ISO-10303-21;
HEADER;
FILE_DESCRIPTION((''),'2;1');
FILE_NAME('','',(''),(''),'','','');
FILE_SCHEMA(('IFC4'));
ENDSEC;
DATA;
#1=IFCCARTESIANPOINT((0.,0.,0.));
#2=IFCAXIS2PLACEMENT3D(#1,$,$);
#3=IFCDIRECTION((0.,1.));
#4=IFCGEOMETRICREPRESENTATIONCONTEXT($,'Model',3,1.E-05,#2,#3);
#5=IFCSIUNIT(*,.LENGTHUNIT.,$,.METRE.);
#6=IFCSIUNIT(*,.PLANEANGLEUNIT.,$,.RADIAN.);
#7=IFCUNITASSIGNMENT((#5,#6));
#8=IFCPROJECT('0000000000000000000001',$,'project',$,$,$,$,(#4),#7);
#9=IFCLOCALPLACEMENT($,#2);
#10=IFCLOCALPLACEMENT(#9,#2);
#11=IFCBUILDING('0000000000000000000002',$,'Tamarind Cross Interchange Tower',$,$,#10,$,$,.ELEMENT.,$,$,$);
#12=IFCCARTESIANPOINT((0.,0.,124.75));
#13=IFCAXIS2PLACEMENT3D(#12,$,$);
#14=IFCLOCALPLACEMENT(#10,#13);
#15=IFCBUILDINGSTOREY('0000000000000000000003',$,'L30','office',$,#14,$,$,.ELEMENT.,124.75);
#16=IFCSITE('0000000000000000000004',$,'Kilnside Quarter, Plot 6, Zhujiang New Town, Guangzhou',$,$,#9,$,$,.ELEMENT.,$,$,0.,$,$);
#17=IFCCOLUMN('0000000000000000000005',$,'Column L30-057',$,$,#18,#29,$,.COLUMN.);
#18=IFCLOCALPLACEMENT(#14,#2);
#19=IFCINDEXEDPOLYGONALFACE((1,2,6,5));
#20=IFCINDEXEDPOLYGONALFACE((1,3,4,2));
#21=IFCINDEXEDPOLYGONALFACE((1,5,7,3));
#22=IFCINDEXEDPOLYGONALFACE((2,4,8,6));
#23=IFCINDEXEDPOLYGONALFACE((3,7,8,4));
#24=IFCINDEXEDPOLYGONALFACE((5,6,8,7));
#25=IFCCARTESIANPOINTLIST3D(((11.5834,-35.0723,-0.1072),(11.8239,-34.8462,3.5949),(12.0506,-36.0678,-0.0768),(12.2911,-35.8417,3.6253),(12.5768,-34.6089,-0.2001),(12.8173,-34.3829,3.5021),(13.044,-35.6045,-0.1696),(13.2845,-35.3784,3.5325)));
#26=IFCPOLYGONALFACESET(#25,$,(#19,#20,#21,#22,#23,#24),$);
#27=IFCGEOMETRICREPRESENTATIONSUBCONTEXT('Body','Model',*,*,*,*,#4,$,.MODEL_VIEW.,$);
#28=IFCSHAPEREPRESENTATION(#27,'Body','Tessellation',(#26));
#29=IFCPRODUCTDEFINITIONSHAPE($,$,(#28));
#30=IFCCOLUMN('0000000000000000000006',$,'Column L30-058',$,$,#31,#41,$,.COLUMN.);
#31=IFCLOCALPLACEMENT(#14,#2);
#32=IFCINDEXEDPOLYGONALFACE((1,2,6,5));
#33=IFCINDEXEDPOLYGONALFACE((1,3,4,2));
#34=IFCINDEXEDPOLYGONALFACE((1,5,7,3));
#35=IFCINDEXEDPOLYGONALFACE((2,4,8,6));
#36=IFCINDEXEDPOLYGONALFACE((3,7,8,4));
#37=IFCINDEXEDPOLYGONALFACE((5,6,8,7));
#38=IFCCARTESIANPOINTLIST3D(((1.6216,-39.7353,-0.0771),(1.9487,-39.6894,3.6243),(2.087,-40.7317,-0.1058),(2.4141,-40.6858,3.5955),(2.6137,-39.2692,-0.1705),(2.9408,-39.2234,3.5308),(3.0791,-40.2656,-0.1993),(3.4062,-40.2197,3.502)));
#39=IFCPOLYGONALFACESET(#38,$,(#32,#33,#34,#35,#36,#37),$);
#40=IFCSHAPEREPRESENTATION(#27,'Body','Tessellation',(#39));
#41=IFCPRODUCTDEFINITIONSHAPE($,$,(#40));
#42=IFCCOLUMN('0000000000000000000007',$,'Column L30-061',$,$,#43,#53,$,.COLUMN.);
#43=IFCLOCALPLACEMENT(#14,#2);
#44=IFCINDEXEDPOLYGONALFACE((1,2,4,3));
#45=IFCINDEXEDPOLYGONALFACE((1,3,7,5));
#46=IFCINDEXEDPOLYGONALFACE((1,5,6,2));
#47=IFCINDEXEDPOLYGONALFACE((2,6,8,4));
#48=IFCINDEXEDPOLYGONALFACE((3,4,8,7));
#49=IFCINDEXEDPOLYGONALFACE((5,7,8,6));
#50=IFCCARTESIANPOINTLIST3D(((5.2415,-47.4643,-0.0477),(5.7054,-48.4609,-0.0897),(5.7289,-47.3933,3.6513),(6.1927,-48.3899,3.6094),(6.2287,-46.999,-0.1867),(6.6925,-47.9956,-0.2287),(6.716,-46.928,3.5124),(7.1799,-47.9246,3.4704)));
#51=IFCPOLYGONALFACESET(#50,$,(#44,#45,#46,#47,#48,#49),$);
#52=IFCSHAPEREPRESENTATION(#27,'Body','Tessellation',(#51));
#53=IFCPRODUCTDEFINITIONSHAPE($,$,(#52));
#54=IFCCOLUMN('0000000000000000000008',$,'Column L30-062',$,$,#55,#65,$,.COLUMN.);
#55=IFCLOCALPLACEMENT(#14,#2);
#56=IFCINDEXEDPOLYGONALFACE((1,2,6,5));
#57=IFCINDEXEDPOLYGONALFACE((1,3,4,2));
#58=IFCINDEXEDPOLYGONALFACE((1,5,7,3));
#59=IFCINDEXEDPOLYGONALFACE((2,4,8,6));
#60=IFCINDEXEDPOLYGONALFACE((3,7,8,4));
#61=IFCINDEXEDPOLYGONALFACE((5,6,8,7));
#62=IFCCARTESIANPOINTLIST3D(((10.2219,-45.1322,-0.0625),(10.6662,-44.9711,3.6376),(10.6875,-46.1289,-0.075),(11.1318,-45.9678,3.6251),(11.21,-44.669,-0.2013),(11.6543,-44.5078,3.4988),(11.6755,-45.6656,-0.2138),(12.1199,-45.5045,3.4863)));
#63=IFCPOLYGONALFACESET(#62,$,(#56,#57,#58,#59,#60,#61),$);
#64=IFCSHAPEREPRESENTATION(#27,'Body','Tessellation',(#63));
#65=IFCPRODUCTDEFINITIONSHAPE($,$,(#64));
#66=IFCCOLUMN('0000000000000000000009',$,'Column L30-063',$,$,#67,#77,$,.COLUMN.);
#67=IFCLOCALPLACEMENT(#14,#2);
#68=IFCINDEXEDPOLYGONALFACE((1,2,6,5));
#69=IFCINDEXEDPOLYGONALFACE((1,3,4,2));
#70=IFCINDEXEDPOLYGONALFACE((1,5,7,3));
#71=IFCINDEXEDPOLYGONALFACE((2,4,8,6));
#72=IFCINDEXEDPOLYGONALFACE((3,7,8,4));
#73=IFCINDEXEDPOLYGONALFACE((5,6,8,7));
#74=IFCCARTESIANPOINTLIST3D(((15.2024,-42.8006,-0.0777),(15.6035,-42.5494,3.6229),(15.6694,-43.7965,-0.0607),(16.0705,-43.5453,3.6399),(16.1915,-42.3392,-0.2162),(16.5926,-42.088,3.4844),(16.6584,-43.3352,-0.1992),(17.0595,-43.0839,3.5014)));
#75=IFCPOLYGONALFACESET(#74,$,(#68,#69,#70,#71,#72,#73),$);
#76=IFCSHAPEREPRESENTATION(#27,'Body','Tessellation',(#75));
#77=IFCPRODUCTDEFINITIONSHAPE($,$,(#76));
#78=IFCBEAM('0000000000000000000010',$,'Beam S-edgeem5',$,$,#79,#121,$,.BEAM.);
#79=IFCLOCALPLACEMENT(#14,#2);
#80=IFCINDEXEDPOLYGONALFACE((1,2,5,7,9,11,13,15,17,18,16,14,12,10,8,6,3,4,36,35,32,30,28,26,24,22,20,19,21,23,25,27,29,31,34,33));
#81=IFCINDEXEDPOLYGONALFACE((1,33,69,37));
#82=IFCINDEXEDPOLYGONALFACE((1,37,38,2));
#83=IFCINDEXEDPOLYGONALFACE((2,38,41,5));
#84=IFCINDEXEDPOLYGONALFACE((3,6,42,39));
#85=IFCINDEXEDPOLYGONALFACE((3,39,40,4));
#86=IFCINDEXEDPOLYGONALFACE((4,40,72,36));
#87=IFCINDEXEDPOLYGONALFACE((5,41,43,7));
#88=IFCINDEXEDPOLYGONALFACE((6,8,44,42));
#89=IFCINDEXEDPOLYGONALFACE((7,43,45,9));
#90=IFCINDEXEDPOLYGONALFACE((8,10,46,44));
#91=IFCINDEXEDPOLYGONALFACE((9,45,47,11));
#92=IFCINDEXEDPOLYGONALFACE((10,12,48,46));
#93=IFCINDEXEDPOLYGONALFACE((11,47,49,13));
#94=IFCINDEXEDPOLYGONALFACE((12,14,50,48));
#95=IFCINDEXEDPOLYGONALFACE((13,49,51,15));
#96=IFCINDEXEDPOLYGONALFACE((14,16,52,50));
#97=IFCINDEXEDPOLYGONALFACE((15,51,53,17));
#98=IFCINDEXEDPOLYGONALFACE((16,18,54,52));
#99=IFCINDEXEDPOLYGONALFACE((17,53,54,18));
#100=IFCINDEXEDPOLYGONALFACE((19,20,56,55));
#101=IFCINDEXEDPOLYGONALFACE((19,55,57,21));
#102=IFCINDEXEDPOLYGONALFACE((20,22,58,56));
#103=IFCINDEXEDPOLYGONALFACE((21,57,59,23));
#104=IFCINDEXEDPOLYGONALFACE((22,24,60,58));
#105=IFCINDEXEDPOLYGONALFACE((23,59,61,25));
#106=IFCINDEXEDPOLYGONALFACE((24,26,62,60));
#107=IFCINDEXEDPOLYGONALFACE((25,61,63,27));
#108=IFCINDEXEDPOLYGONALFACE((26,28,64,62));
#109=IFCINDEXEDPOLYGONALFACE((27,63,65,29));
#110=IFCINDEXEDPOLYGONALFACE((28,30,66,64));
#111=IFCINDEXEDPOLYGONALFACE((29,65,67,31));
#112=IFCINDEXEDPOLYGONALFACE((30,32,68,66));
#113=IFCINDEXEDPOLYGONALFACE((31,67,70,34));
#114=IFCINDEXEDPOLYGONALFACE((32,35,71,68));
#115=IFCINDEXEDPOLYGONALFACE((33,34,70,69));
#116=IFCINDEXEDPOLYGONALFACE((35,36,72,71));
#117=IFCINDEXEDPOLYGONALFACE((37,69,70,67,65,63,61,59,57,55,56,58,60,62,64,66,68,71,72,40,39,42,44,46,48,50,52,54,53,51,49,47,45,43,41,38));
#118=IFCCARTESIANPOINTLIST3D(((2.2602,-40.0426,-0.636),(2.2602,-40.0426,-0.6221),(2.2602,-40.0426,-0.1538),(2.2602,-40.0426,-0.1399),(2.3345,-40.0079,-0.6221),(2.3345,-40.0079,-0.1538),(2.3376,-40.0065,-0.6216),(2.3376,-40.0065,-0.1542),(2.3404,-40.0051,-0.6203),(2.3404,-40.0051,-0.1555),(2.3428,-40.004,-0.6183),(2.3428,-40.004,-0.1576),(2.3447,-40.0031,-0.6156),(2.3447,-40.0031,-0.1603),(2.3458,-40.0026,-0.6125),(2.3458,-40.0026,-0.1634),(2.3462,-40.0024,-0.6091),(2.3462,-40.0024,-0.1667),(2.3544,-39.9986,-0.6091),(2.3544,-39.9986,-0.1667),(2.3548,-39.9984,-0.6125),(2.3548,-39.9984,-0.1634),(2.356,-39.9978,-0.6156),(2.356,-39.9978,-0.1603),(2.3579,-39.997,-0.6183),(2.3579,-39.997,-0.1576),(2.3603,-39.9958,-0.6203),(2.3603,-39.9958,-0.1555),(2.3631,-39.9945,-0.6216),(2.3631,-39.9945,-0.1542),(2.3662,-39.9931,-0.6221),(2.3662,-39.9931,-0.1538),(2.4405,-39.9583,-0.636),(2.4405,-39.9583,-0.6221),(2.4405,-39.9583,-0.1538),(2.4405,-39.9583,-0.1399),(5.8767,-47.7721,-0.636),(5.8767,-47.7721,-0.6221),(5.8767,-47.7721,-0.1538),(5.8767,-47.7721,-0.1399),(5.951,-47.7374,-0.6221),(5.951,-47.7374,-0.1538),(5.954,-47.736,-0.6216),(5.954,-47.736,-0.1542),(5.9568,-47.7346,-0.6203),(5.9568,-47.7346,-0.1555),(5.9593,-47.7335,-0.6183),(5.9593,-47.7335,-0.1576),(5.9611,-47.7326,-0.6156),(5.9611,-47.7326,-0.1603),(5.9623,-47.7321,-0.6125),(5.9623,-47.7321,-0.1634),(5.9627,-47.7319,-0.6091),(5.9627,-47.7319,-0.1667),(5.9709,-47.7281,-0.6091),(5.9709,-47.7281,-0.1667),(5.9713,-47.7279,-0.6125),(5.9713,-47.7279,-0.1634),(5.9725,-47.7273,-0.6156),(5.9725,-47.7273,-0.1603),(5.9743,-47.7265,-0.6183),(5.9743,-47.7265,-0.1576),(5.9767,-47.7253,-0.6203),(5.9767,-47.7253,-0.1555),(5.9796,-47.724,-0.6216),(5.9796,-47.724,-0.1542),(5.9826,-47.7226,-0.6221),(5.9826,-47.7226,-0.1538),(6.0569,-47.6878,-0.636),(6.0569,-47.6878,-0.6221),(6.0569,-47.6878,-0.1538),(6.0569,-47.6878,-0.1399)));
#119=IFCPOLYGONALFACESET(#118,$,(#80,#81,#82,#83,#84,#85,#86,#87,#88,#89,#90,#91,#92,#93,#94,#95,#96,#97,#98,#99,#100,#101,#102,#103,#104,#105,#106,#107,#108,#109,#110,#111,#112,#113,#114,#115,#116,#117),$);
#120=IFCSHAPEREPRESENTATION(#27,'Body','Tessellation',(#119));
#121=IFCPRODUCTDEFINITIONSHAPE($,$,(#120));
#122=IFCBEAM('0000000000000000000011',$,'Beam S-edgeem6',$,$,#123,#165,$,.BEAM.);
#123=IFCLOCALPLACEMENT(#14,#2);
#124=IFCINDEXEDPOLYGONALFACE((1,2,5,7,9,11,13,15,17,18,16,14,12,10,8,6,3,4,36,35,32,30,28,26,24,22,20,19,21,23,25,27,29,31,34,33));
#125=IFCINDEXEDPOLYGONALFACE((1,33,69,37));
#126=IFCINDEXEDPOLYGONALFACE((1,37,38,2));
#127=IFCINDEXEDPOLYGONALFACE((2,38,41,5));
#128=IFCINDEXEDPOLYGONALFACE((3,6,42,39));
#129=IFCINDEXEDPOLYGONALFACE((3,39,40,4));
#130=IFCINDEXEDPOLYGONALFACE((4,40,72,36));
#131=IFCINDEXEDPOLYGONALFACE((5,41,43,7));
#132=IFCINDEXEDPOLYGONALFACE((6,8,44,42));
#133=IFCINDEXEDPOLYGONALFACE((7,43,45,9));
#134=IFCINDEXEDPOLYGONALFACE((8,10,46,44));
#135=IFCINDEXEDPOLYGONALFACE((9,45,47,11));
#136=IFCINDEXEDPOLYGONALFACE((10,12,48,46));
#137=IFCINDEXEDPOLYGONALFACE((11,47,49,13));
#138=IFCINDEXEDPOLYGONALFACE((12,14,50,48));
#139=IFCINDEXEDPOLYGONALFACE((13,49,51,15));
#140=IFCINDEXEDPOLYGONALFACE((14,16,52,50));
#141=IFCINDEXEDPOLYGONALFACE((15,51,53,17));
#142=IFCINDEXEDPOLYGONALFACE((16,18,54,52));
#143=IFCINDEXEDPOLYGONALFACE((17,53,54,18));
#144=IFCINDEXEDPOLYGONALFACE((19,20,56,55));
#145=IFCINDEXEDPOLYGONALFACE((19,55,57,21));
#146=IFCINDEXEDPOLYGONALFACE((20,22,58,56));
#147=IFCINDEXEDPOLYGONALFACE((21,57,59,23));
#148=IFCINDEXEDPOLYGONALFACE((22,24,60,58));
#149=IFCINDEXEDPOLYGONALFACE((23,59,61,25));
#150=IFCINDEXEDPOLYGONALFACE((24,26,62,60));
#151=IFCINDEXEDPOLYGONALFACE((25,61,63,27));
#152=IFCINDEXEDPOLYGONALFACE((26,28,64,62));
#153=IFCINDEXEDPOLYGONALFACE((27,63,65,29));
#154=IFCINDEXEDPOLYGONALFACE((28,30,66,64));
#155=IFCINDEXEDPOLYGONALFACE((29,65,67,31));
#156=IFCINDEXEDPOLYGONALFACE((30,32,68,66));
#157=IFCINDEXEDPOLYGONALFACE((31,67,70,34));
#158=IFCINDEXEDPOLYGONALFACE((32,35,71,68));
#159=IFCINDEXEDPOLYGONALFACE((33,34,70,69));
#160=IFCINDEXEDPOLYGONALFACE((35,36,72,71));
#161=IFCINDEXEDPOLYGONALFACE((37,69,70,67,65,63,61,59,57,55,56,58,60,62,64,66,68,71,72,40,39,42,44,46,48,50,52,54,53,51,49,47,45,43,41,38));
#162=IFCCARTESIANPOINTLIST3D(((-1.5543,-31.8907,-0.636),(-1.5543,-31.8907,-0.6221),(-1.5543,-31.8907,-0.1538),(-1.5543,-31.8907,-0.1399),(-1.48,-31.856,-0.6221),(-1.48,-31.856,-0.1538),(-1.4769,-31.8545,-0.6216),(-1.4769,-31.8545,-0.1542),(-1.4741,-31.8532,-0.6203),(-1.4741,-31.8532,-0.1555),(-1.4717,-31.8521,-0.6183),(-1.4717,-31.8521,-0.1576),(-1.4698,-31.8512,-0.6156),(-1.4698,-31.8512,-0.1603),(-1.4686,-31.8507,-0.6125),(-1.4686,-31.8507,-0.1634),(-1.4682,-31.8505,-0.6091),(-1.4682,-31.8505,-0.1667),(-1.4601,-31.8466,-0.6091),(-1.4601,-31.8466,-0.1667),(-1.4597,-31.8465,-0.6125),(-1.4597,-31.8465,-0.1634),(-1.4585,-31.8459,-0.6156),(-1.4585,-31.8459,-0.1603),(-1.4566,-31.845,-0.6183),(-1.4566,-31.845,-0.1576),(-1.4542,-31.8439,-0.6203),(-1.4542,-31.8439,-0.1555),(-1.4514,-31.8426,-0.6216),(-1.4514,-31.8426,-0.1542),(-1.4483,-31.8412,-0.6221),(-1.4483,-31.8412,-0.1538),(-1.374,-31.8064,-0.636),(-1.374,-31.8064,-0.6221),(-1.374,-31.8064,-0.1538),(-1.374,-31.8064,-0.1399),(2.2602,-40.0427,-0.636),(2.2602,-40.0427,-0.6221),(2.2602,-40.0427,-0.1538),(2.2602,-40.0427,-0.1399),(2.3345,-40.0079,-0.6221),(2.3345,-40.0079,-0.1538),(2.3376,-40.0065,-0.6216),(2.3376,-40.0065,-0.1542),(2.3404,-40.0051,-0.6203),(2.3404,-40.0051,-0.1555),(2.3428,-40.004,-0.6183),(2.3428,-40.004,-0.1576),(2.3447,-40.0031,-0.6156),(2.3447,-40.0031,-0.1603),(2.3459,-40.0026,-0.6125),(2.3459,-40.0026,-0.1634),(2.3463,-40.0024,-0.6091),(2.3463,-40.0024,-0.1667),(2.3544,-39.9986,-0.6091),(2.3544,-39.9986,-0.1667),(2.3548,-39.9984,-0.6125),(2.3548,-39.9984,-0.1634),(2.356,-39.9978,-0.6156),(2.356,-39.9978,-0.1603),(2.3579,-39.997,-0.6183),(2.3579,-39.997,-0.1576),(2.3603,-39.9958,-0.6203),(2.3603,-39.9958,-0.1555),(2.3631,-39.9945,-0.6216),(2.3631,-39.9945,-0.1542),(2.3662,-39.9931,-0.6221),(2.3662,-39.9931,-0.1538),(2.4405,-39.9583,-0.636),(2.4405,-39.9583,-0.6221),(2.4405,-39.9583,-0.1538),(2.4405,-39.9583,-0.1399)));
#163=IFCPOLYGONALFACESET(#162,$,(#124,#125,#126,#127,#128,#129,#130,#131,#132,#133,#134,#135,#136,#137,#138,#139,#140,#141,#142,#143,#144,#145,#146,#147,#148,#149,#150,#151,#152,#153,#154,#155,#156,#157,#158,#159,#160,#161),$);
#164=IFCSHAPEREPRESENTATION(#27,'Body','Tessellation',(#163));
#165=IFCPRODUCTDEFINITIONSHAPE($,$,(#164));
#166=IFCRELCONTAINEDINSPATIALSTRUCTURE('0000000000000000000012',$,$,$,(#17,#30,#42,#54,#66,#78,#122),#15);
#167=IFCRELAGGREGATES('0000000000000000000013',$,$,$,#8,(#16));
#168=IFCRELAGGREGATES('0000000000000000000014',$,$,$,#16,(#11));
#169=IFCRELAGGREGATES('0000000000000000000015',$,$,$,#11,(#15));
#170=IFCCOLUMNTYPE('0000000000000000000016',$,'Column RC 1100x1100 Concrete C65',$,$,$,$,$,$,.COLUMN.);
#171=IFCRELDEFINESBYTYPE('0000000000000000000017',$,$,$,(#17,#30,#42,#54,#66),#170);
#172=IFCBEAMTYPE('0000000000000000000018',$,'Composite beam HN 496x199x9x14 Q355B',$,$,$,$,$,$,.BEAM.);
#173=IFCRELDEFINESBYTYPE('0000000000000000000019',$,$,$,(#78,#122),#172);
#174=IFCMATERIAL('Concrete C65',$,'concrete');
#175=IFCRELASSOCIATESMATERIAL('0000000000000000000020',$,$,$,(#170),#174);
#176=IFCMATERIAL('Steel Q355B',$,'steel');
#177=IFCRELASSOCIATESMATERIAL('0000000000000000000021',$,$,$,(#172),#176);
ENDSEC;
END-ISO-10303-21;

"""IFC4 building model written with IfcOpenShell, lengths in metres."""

from ifc_helpers import new_model, si_unit, direction, frame, origin, origin_2d, place, context, subcontext, project, spatial, rectangle, i_section, extrude, material, material_profile, profile_set, type_object, element, save


model = new_model("IFC4")

# Units and contexts
model_context = context("Model", 3, precision=1e-05, world=origin(), true_north=direction((0.0, 1.0)))
body_context = subcontext(model_context, "Body", "Model", "MODEL_VIEW")
ifc_project = project(units=[si_unit("LENGTHUNIT", "METRE"), si_unit("PLANEANGLEUNIT", "RADIAN")], contexts=[model_context])

# Site, building, storey
site_placement = place(None, origin())
site = spatial("IfcSite", under=ifc_project, at=site_placement, Name="Kilnside Quarter, Plot 6, Zhujiang New Town, Guangzhou", CompositionType="ELEMENT", RefElevation=0.0)
building_placement = place(site_placement, origin())
building = spatial("IfcBuilding", under=site, at=building_placement, Name="Tamarind Cross Interchange Tower", CompositionType="ELEMENT")
storey_placement = place(building_placement, frame((0.0, 0.0, 124.75)))
storey = spatial("IfcBuildingStorey", under=building, at=storey_placement, Name="L30", Description="office", CompositionType="ELEMENT", Elevation=124.75)

# Columns
ifc_material_1 = material(Name="Concrete C65", Category="concrete")
ifc_material_profile_1 = material_profile(ifc_material_1, rectangle(XDim=1.1001, YDim=1.1001, at=origin_2d()), Name="RC 1100x1100")
ifc_profile_set_1 = profile_set([ifc_material_profile_1], Name="Concrete C65")
column_type = type_object("IfcColumnType", Name="Column RC 1100x1100 Concrete C65", PredefinedType="COLUMN", material=ifc_profile_set_1)
column_1_placement = place(storey_placement, frame((12.3137, -35.3384, -0.1384), z_axis=(0.0647, 0.060824, 0.996049), x_axis=(-0.903035, -0.421198, 0.084379)))
element("IfcColumn", 1, at=column_1_placement, inside=storey, type_object=column_type, Name="Column L30-057", PredefinedType="COLUMN", context=body_context, shape_type="SweptSolid", body=[
    extrude(rectangle(XDim=1.1001, YDim=1.1001, at=origin_2d()), origin(), (0.0, 0.0, 1.0), 3.7168),
])
column_2_placement = place(storey_placement, frame((2.3503, -40.0005, -0.1382), z_axis=(0.088035, 0.012351, 0.996041), x_axis=(-0.423053, 0.905727, 0.02616)))
element("IfcColumn", 2, at=column_2_placement, inside=storey, type_object=column_type, Name="Column L30-058", PredefinedType="COLUMN", context=body_context, shape_type="SweptSolid", body=[
    extrude(rectangle(XDim=1.1001, YDim=1.1001, at=origin_2d()), origin(), (0.0, 0.0, 1.0), 3.7161),
])
column_3_placement = place(storey_placement, frame((5.967, -47.73, -0.1382), z_axis=(0.130588, 0.019039, 0.991254), x_axis=(-0.42168, 0.905942, 0.038152)))
element("IfcColumn", 3, at=column_3_placement, inside=storey, type_object=column_type, Name="Column L30-061", PredefinedType="COLUMN", context=body_context, shape_type="SweptSolid", body=[
    extrude(rectangle(XDim=1.1001, YDim=1.1001, at=origin_2d()), origin(), (0.0, 0.0, 1.0), 3.7317),
])
column_4_placement = place(storey_placement, frame((10.9487, -45.3989, -0.1382), z_axis=(0.119117, 0.043196, 0.99194), x_axis=(-0.423188, 0.90597, 0.011366)))
element("IfcColumn", 4, at=column_4_placement, inside=storey, type_object=column_type, Name="Column L30-062", PredefinedType="COLUMN", context=body_context, shape_type="SweptSolid", body=[
    extrude(rectangle(XDim=1.1001, YDim=1.1001, at=origin_2d()), origin(), (0.0, 0.0, 1.0), 3.7302),
])
column_5_placement = place(storey_placement, frame((15.9304, -43.0679, -0.1384), z_axis=(0.107516, 0.067336, 0.99192), x_axis=(-0.899038, -0.419376, 0.125917)))
element("IfcColumn", 5, at=column_5_placement, inside=storey, type_object=column_type, Name="Column L30-063", PredefinedType="COLUMN", context=body_context, shape_type="SweptSolid", body=[
    extrude(rectangle(XDim=1.1001, YDim=1.1001, at=origin_2d()), origin(), (0.0, 0.0, 1.0), 3.7307),
])

# Beams
ifc_material_2 = material(Name="Steel Q355B", Category="steel")
ifc_material_profile_2 = material_profile(ifc_material_2, i_section(OverallWidth=0.199, OverallDepth=0.4961, WebThickness=0.009, FlangeThickness=0.0139, FilletRadius=0.0129, at=origin_2d()), Name="HN 496x199x9x14")
ifc_profile_set_2 = profile_set([ifc_material_profile_2], Name="Steel Q355B")
beam_type_1 = type_object("IfcBeamType", Name="Composite beam HN 496x199x9x14 Q355B", PredefinedType="BEAM", material=ifc_profile_set_2)
beam_1_placement = place(storey_placement, frame((5.9668, -47.73, -0.3879), z_axis=(-0.423786, 0.905762, 0.0), x_axis=(-0.905762, -0.423786, 0.0)))
element("IfcBeam", 6, at=beam_1_placement, inside=storey, type_object=beam_type_1, Name="Beam S-edgeem5", PredefinedType="BEAM", context=body_context, shape_type="SweptSolid", body=[
    extrude(i_section(OverallWidth=0.199, OverallDepth=0.4961, WebThickness=0.009, FlangeThickness=0.0139, FilletRadius=0.0129, at=origin_2d()), origin(), (0.0, 0.0, 1.0), 8.5337),
])
beam_2_placement = place(storey_placement, frame((2.3503, -40.0005, -0.3879), z_axis=(-0.423821, 0.905746, 0.0), x_axis=(-0.905746, -0.423821, 0.0)))
element("IfcBeam", 7, at=beam_2_placement, inside=storey, type_object=beam_type_1, Name="Beam S-edgeem6", PredefinedType="BEAM", context=body_context, shape_type="SweptSolid", body=[
    extrude(i_section(OverallWidth=0.199, OverallDepth=0.4961, WebThickness=0.009, FlangeThickness=0.0139, FilletRadius=0.0129, at=origin_2d()), origin(), (0.0, 0.0, 1.0), 9.0002),
])

save(model, "model.ifc")
